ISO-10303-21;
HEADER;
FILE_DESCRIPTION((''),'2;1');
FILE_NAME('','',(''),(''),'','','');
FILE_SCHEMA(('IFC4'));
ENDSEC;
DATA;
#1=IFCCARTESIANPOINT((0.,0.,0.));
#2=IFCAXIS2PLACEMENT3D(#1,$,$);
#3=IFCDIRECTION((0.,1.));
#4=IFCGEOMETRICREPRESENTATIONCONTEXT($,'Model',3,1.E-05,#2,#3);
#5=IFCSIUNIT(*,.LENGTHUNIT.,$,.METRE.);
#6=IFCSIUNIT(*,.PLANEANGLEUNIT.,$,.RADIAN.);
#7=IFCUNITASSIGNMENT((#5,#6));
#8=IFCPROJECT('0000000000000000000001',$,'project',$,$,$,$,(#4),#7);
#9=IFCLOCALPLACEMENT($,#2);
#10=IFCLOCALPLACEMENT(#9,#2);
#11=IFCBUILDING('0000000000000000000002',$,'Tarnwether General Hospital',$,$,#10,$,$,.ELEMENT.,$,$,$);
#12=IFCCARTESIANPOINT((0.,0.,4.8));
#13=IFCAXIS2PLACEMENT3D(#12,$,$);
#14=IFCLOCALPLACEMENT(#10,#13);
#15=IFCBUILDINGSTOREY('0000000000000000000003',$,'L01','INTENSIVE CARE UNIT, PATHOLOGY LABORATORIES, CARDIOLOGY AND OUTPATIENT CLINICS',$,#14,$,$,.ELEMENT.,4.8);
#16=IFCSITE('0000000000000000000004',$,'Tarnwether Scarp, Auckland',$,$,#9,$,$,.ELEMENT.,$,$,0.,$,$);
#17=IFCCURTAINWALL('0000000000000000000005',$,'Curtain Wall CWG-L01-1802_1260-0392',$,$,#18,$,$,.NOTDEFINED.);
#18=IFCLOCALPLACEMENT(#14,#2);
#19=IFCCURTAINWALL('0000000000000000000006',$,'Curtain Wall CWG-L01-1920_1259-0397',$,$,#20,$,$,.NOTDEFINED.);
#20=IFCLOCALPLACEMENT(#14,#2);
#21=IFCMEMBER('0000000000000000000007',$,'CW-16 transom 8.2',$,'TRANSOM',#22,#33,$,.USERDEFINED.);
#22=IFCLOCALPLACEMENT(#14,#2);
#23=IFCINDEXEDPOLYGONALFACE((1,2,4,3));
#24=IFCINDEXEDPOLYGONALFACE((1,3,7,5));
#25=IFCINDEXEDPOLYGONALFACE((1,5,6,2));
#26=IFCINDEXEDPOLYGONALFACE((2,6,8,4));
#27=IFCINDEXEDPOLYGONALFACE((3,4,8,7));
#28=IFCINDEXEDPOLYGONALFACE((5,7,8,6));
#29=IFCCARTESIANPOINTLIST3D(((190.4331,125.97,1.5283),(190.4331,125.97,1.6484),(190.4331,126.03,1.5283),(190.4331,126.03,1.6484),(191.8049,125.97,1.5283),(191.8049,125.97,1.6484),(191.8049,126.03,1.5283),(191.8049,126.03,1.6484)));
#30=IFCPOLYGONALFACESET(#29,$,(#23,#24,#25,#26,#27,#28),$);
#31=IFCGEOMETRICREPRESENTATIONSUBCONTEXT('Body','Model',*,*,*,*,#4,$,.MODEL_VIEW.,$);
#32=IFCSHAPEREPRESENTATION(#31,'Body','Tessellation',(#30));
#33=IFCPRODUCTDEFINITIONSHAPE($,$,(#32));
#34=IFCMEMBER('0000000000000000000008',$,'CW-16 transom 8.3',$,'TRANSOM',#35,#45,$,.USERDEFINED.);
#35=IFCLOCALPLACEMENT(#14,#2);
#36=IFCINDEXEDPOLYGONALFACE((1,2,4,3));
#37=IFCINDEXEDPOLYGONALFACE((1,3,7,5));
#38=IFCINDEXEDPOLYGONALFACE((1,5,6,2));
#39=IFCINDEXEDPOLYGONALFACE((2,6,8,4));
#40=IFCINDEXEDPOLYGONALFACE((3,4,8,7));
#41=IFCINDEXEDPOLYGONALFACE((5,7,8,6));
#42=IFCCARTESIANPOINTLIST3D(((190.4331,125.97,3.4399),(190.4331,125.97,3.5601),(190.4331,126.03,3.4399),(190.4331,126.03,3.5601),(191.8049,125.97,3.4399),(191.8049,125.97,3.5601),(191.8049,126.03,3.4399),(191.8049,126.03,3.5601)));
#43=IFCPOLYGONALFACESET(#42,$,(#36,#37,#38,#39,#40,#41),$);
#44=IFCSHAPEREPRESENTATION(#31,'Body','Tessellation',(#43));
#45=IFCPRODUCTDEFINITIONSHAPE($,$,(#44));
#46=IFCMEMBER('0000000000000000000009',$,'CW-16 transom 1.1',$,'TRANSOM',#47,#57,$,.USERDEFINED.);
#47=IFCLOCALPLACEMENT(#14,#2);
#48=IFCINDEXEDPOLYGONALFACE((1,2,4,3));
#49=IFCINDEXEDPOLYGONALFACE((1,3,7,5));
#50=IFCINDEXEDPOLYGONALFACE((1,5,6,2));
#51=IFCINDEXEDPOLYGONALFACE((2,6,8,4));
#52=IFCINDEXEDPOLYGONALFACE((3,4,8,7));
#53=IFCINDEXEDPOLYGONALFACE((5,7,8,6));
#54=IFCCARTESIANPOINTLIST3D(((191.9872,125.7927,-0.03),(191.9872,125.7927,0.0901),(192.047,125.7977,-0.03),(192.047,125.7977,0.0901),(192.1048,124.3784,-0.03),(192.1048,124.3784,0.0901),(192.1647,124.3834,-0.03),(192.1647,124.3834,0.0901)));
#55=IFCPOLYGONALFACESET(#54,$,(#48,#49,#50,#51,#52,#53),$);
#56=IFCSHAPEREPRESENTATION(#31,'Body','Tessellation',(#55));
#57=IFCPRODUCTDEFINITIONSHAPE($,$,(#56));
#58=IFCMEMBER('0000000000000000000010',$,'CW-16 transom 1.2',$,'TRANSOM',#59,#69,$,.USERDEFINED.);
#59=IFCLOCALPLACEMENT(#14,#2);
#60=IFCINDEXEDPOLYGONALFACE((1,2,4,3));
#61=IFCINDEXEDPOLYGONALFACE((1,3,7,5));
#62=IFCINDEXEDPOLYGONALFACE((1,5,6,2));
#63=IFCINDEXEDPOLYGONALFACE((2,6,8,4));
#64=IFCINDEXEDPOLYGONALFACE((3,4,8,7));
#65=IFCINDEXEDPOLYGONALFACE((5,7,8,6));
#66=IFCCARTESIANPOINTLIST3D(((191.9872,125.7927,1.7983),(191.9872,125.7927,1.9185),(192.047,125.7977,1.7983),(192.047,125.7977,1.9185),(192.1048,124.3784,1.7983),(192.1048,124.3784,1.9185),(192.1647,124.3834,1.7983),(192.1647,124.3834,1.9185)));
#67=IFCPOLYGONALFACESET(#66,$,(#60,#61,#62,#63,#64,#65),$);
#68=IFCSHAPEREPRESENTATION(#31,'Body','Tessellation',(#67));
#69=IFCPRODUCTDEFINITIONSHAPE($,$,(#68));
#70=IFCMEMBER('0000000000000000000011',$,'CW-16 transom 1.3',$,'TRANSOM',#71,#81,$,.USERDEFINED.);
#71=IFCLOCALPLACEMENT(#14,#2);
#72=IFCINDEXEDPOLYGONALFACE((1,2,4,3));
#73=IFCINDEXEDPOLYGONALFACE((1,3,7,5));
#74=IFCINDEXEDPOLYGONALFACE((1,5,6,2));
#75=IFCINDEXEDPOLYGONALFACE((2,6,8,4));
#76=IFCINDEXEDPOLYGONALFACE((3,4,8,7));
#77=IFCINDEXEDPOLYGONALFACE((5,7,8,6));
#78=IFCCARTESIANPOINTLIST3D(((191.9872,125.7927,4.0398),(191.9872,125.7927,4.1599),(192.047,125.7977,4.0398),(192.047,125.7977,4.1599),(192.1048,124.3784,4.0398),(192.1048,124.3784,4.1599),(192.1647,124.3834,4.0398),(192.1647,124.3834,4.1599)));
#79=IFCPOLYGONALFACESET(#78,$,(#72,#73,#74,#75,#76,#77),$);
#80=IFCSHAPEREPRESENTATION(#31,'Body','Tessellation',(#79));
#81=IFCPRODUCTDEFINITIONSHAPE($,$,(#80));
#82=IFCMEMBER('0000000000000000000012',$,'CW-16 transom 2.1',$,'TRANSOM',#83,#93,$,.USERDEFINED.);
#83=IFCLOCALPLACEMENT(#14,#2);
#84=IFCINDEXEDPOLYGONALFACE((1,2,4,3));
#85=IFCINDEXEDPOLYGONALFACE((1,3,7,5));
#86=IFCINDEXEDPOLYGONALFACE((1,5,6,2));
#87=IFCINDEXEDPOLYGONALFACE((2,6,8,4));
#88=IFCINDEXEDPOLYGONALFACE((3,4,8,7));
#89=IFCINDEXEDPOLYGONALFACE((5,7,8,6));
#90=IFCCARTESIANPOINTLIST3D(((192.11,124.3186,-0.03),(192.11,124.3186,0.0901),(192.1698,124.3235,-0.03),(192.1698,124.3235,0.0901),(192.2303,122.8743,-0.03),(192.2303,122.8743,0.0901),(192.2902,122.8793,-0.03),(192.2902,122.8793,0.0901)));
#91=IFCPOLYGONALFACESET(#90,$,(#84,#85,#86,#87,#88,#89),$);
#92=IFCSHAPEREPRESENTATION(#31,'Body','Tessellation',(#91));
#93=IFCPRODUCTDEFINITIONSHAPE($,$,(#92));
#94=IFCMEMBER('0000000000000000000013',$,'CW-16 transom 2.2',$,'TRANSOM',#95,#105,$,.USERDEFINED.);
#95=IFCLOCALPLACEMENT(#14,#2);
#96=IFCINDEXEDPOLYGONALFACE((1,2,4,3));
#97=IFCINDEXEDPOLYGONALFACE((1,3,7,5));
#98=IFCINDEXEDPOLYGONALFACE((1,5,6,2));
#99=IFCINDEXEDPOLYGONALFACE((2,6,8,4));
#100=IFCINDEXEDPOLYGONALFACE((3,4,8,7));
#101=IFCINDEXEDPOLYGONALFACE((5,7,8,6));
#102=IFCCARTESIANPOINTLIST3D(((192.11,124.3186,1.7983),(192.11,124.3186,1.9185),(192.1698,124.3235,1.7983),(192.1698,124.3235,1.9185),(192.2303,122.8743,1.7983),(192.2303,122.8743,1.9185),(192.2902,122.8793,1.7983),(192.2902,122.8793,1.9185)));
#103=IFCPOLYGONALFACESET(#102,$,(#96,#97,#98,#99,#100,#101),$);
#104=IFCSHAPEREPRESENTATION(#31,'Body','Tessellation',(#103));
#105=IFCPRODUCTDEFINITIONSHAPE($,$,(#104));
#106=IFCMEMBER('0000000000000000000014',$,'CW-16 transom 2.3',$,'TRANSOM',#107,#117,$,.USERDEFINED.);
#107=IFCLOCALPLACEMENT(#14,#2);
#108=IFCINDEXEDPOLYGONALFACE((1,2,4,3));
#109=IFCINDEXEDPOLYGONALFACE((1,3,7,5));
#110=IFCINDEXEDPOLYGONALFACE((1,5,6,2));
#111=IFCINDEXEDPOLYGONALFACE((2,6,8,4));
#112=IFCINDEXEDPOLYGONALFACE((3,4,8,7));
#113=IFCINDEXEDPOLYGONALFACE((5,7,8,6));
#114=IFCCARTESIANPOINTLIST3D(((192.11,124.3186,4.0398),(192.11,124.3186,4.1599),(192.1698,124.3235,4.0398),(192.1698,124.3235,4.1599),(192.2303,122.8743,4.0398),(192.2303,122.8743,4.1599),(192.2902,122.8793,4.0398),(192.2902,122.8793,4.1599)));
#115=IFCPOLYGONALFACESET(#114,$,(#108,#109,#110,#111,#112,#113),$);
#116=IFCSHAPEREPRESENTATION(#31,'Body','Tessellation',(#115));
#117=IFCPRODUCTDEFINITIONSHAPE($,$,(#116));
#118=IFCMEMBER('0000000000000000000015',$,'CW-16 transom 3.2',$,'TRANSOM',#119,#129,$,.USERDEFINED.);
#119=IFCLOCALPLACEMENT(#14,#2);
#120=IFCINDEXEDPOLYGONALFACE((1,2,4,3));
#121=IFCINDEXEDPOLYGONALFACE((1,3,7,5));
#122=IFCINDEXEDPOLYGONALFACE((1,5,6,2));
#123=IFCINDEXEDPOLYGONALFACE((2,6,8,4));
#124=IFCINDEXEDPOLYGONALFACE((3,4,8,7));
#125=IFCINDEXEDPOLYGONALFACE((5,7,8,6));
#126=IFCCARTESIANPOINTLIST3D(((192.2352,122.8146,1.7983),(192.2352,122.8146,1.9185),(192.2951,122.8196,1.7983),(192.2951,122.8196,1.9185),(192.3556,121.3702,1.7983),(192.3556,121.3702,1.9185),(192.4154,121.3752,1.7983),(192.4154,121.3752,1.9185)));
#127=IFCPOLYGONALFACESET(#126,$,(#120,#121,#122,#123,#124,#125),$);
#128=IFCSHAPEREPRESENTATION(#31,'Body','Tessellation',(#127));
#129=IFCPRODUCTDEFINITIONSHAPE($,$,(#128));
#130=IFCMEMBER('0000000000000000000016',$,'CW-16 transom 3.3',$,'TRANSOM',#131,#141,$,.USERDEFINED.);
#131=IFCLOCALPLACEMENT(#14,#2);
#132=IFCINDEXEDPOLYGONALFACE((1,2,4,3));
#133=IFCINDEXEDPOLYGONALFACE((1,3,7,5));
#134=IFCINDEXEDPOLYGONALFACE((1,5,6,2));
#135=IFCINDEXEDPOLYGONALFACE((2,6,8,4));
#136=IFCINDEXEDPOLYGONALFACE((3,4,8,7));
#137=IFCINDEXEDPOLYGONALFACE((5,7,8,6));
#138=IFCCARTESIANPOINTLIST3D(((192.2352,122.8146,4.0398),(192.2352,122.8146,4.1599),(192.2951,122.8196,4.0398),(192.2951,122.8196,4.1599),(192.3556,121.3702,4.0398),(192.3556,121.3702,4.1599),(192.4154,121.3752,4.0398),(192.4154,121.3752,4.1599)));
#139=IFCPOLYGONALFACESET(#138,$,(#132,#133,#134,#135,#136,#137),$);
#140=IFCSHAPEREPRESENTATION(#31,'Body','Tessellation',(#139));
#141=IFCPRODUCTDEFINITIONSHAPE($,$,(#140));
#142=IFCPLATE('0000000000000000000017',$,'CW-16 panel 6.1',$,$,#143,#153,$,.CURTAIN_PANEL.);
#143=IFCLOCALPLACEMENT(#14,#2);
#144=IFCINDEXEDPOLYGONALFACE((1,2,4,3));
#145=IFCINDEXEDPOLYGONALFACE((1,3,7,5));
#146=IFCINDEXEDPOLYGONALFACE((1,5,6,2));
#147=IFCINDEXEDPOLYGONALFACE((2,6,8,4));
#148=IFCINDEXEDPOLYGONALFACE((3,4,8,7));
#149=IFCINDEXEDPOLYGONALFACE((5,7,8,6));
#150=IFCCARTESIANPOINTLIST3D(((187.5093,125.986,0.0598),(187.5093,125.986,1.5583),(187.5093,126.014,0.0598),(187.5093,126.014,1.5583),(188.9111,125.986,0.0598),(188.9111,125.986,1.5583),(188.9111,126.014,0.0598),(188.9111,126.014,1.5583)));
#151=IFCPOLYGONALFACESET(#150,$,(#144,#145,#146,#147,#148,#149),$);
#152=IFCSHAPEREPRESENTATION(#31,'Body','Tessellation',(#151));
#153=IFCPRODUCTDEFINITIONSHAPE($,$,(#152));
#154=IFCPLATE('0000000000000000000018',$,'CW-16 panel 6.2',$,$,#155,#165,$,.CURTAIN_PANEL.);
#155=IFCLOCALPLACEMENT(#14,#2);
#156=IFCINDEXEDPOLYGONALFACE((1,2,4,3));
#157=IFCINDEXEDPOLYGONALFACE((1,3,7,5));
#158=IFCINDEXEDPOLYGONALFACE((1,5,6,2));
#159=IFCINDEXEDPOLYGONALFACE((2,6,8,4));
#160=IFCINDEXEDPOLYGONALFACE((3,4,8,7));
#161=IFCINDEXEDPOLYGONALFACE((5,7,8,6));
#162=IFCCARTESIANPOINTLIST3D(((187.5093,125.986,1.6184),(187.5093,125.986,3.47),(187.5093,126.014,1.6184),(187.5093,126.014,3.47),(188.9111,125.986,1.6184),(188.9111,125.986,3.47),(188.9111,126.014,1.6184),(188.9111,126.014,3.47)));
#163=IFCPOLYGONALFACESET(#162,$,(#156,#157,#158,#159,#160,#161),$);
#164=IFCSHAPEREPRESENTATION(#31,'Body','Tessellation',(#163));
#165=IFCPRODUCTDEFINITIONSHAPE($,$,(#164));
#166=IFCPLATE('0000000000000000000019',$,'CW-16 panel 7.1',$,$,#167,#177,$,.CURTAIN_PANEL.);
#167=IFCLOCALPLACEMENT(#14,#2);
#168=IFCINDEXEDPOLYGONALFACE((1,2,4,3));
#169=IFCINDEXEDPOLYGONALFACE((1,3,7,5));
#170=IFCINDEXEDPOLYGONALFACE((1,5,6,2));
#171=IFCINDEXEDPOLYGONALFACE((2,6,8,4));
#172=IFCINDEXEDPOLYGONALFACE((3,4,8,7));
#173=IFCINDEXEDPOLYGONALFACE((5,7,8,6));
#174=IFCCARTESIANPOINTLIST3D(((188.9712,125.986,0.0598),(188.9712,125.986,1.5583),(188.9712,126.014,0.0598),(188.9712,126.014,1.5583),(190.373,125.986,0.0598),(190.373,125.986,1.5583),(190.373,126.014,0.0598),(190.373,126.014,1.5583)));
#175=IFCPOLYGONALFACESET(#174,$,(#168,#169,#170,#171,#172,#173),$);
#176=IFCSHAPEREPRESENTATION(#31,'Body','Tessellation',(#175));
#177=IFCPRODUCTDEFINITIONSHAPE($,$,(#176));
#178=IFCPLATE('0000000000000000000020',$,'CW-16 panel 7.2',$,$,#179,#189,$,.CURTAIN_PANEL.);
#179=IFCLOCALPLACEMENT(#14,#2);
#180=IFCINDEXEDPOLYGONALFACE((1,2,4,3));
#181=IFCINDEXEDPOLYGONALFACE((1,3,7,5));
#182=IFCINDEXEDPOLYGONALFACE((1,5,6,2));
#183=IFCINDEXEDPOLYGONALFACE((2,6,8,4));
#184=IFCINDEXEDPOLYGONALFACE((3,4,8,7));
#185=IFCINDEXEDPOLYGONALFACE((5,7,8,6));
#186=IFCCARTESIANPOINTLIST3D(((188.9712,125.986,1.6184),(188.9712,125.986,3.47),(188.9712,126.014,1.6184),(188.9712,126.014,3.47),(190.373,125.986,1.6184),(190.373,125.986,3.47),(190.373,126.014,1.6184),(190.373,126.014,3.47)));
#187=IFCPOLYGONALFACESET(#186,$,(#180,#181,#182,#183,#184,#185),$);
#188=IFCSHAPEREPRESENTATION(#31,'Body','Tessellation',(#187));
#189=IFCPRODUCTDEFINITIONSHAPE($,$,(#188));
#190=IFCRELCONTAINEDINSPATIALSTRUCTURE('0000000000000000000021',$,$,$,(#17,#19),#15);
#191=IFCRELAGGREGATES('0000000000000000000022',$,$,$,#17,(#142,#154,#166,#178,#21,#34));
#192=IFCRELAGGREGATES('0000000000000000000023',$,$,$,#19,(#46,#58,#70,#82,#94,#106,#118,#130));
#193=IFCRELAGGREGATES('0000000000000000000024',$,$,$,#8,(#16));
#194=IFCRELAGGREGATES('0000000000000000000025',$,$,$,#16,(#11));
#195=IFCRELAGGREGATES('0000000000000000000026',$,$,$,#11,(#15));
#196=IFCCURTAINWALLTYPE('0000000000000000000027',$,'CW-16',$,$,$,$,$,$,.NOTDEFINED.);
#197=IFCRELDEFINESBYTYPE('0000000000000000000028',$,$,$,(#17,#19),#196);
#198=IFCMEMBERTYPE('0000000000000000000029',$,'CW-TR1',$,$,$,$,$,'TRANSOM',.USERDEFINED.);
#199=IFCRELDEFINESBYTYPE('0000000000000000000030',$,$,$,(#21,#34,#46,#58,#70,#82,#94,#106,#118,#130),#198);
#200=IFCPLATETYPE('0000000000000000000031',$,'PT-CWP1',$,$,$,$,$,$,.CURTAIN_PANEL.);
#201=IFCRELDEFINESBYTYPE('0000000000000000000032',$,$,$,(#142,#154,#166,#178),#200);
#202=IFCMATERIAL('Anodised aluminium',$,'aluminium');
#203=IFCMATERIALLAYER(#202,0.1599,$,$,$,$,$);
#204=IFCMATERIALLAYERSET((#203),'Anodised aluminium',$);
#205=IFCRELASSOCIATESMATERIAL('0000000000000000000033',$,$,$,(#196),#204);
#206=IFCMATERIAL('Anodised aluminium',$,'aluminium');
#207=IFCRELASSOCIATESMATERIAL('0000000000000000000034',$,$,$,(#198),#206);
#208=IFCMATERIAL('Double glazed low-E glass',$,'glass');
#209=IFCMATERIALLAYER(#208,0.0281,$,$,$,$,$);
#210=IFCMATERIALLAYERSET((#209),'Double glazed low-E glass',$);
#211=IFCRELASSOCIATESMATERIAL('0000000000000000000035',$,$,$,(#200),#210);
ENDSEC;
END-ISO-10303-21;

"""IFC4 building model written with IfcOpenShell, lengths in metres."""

from ifc_helpers import new_model, si_unit, direction, frame, origin, origin_2d, place, context, subcontext, project, spatial, rectangle, extrude, material, layer, layer_set, material_profile, profile_set, type_object, element, aggregate, save


model = new_model("IFC4")

# Units and contexts
model_context = context("Model", 3, precision=1e-05, world=origin(), true_north=direction((0.0, 1.0)))
body_context = subcontext(model_context, "Body", "Model", "MODEL_VIEW")
ifc_project = project(units=[si_unit("LENGTHUNIT", "METRE"), si_unit("PLANEANGLEUNIT", "RADIAN")], contexts=[model_context])

# Site, building, storey
site_placement = place(None, origin())
site = spatial("IfcSite", under=ifc_project, at=site_placement, Name="Tarnwether Scarp, Auckland", CompositionType="ELEMENT", RefElevation=0.0)
building_placement = place(site_placement, origin())
building = spatial("IfcBuilding", under=site, at=building_placement, Name="Tarnwether General Hospital", CompositionType="ELEMENT")
storey_placement = place(building_placement, frame((0.0, 0.0, 4.8)))
storey = spatial("IfcBuildingStorey", under=building, at=storey_placement, Name="L01", Description="INTENSIVE CARE UNIT, PATHOLOGY LABORATORIES, CARDIOLOGY AND OUTPATIENT CLINICS", CompositionType="ELEMENT", Elevation=4.8)

# Curtain walls
ifc_material_1 = material(Name="Anodised aluminium", Category="aluminium")
ifc_layer_1 = layer(ifc_material_1, 0.1599)
ifc_layer_set_1 = layer_set([ifc_layer_1], Name="Anodised aluminium")
curtain_wall_type = type_object("IfcCurtainWallType", Name="CW-16", PredefinedType="NOTDEFINED", material=ifc_layer_set_1)
curtain_wall_1_placement = place(storey_placement, origin())
curtain_wall_1 = element("IfcCurtainWall", 1, at=curtain_wall_1_placement, inside=storey, type_object=curtain_wall_type, Name="Curtain Wall CWG-L01-1802_1260-0392", PredefinedType="NOTDEFINED")
curtain_wall_2_placement = place(storey_placement, origin())
curtain_wall_2 = element("IfcCurtainWall", 2, at=curtain_wall_2_placement, inside=storey, type_object=curtain_wall_type, Name="Curtain Wall CWG-L01-1920_1259-0397", PredefinedType="NOTDEFINED")

# Members
ifc_material_2 = material(Name="Anodised aluminium", Category="aluminium")
ifc_material_profile_1 = material_profile(ifc_material_2, rectangle(XDim=0.0601, YDim=0.1201, at=origin_2d()), Name="ALU-TRN-60x120")
ifc_profile_set_1 = profile_set([ifc_material_profile_1], Name="Anodised aluminium")
member_type_1 = type_object("IfcMemberType", Name="CW-TR1", ElementType="TRANSOM", PredefinedType="USERDEFINED", material=ifc_profile_set_1)
member_1_placement = place(storey_placement, frame((190.4331, 126.0, 1.5884), z_axis=(1.0, 0.0, 0.0), x_axis=(0.0, 1.0, 0.0)))
member_1 = element("IfcMember", 3, at=member_1_placement, type_object=member_type_1, Name="CW-16 transom 8.2", ObjectType="TRANSOM", PredefinedType="USERDEFINED", context=body_context, shape_type="SweptSolid", body=[
    extrude(rectangle(XDim=0.0601, YDim=0.1201, at=origin_2d()), origin(), (0.0, 0.0, 1.0), 1.3718),
])
member_2_placement = place(storey_placement, frame((190.4331, 126.0, 3.5), z_axis=(1.0, 0.0, 0.0), x_axis=(0.0, 1.0, 0.0)))
member_2 = element("IfcMember", 4, at=member_2_placement, type_object=member_type_1, Name="CW-16 transom 8.3", ObjectType="TRANSOM", PredefinedType="USERDEFINED", context=body_context, shape_type="SweptSolid", body=[
    extrude(rectangle(XDim=0.0601, YDim=0.1201, at=origin_2d()), origin(), (0.0, 0.0, 1.0), 1.3718),
])
member_3_placement = place(storey_placement, frame((192.0171, 125.7952, 0.03), z_axis=(0.082917, -0.996556, 0.0), x_axis=(0.996556, 0.082917, 0.0)))
member_3 = element("IfcMember", 5, at=member_3_placement, type_object=member_type_1, Name="CW-16 transom 1.1", ObjectType="TRANSOM", PredefinedType="USERDEFINED", context=body_context, shape_type="SweptSolid", body=[
    extrude(rectangle(XDim=0.0601, YDim=0.1201, at=origin_2d()), origin(), (0.0, 0.0, 1.0), 1.4192),
])
member_4_placement = place(storey_placement, frame((192.0171, 125.7952, 1.8584), z_axis=(0.082917, -0.996556, 0.0), x_axis=(0.996556, 0.082917, 0.0)))
member_4 = element("IfcMember", 6, at=member_4_placement, type_object=member_type_1, Name="CW-16 transom 1.2", ObjectType="TRANSOM", PredefinedType="USERDEFINED", context=body_context, shape_type="SweptSolid", body=[
    extrude(rectangle(XDim=0.0601, YDim=0.1201, at=origin_2d()), origin(), (0.0, 0.0, 1.0), 1.4192),
])
member_5_placement = place(storey_placement, frame((192.0171, 125.7952, 4.0999), z_axis=(0.082917, -0.996556, 0.0), x_axis=(0.996556, 0.082917, 0.0)))
member_5 = element("IfcMember", 7, at=member_5_placement, type_object=member_type_1, Name="CW-16 transom 1.3", ObjectType="TRANSOM", PredefinedType="USERDEFINED", context=body_context, shape_type="SweptSolid", body=[
    extrude(rectangle(XDim=0.0601, YDim=0.1201, at=origin_2d()), origin(), (0.0, 0.0, 1.0), 1.4192),
])
member_6_placement = place(storey_placement, frame((192.1399, 124.321, 0.03), z_axis=(0.083059, -0.996545, 0.0), x_axis=(0.996545, 0.083059, 0.0)))
member_6 = element("IfcMember", 8, at=member_6_placement, type_object=member_type_1, Name="CW-16 transom 2.1", ObjectType="TRANSOM", PredefinedType="USERDEFINED", context=body_context, shape_type="SweptSolid", body=[
    extrude(rectangle(XDim=0.0601, YDim=0.1201, at=origin_2d()), origin(), (0.0, 0.0, 1.0), 1.4492),
])
member_7_placement = place(storey_placement, frame((192.1399, 124.321, 1.8584), z_axis=(0.083059, -0.996545, 0.0), x_axis=(0.996545, 0.083059, 0.0)))
member_7 = element("IfcMember", 9, at=member_7_placement, type_object=member_type_1, Name="CW-16 transom 2.2", ObjectType="TRANSOM", PredefinedType="USERDEFINED", context=body_context, shape_type="SweptSolid", body=[
    extrude(rectangle(XDim=0.0601, YDim=0.1201, at=origin_2d()), origin(), (0.0, 0.0, 1.0), 1.4492),
])
member_8_placement = place(storey_placement, frame((192.1399, 124.321, 4.0999), z_axis=(0.083059, -0.996545, 0.0), x_axis=(0.996545, 0.083059, 0.0)))
member_8 = element("IfcMember", 10, at=member_8_placement, type_object=member_type_1, Name="CW-16 transom 2.3", ObjectType="TRANSOM", PredefinedType="USERDEFINED", context=body_context, shape_type="SweptSolid", body=[
    extrude(rectangle(XDim=0.0601, YDim=0.1201, at=origin_2d()), origin(), (0.0, 0.0, 1.0), 1.4492),
])
member_9_placement = place(storey_placement, frame((192.2651, 122.8171, 1.8584), z_axis=(0.083045, -0.996546, 0.0), x_axis=(0.996546, 0.083045, 0.0)))
member_9 = element("IfcMember", 11, at=member_9_placement, type_object=member_type_1, Name="CW-16 transom 3.2", ObjectType="TRANSOM", PredefinedType="USERDEFINED", context=body_context, shape_type="SweptSolid", body=[
    extrude(rectangle(XDim=0.0601, YDim=0.1201, at=origin_2d()), origin(), (0.0, 0.0, 1.0), 1.4495),
])
member_10_placement = place(storey_placement, frame((192.2651, 122.8171, 4.0999), z_axis=(0.083045, -0.996546, 0.0), x_axis=(0.996546, 0.083045, 0.0)))
member_10 = element("IfcMember", 12, at=member_10_placement, type_object=member_type_1, Name="CW-16 transom 3.3", ObjectType="TRANSOM", PredefinedType="USERDEFINED", context=body_context, shape_type="SweptSolid", body=[
    extrude(rectangle(XDim=0.0601, YDim=0.1201, at=origin_2d()), origin(), (0.0, 0.0, 1.0), 1.4495),
])

# Plates
ifc_material_3 = material(Name="Double glazed low-E glass", Category="glass")
ifc_layer_2 = layer(ifc_material_3, 0.0281)
ifc_layer_set_2 = layer_set([ifc_layer_2], Name="Double glazed low-E glass")
plate_type_1 = type_object("IfcPlateType", Name="PT-CWP1", PredefinedType="CURTAIN_PANEL", material=ifc_layer_set_2)
plate_1_placement = place(storey_placement, frame((188.2102, 126.0, 0.0598), z_axis=(0.0, 0.0, 1.0), x_axis=(1.0, 0.0, 0.0)))
plate_1 = element("IfcPlate", 13, at=plate_1_placement, type_object=plate_type_1, Name="CW-16 panel 6.1", PredefinedType="CURTAIN_PANEL", context=body_context, shape_type="SweptSolid", body=[
    extrude(rectangle(XDim=1.4019, YDim=0.0281, at=origin_2d()), origin(), (0.0, 0.0, 1.0), 1.4985),
])
plate_2_placement = place(storey_placement, frame((188.2102, 126.0, 1.6184), z_axis=(0.0, 0.0, 1.0), x_axis=(1.0, 0.0, 0.0)))
plate_2 = element("IfcPlate", 14, at=plate_2_placement, type_object=plate_type_1, Name="CW-16 panel 6.2", PredefinedType="CURTAIN_PANEL", context=body_context, shape_type="SweptSolid", body=[
    extrude(rectangle(XDim=1.4019, YDim=0.0281, at=origin_2d()), origin(), (0.0, 0.0, 1.0), 1.8516),
])
plate_3_placement = place(storey_placement, frame((189.6721, 126.0, 0.0598), z_axis=(0.0, 0.0, 1.0), x_axis=(1.0, 0.0, 0.0)))
plate_3 = element("IfcPlate", 15, at=plate_3_placement, type_object=plate_type_1, Name="CW-16 panel 7.1", PredefinedType="CURTAIN_PANEL", context=body_context, shape_type="SweptSolid", body=[
    extrude(rectangle(XDim=1.4019, YDim=0.0281, at=origin_2d()), origin(), (0.0, 0.0, 1.0), 1.4985),
])
plate_4_placement = place(storey_placement, frame((189.6721, 126.0, 1.6184), z_axis=(0.0, 0.0, 1.0), x_axis=(1.0, 0.0, 0.0)))
plate_4 = element("IfcPlate", 16, at=plate_4_placement, type_object=plate_type_1, Name="CW-16 panel 7.2", PredefinedType="CURTAIN_PANEL", context=body_context, shape_type="SweptSolid", body=[
    extrude(rectangle(XDim=1.4019, YDim=0.0281, at=origin_2d()), origin(), (0.0, 0.0, 1.0), 1.8516),
])
aggregate(curtain_wall_1, [plate_1, plate_2, plate_3, plate_4, member_1, member_2])
aggregate(curtain_wall_2, [member_3, member_4, member_5, member_6, member_7, member_8, member_9, member_10])

save(model, "model.ifc")
